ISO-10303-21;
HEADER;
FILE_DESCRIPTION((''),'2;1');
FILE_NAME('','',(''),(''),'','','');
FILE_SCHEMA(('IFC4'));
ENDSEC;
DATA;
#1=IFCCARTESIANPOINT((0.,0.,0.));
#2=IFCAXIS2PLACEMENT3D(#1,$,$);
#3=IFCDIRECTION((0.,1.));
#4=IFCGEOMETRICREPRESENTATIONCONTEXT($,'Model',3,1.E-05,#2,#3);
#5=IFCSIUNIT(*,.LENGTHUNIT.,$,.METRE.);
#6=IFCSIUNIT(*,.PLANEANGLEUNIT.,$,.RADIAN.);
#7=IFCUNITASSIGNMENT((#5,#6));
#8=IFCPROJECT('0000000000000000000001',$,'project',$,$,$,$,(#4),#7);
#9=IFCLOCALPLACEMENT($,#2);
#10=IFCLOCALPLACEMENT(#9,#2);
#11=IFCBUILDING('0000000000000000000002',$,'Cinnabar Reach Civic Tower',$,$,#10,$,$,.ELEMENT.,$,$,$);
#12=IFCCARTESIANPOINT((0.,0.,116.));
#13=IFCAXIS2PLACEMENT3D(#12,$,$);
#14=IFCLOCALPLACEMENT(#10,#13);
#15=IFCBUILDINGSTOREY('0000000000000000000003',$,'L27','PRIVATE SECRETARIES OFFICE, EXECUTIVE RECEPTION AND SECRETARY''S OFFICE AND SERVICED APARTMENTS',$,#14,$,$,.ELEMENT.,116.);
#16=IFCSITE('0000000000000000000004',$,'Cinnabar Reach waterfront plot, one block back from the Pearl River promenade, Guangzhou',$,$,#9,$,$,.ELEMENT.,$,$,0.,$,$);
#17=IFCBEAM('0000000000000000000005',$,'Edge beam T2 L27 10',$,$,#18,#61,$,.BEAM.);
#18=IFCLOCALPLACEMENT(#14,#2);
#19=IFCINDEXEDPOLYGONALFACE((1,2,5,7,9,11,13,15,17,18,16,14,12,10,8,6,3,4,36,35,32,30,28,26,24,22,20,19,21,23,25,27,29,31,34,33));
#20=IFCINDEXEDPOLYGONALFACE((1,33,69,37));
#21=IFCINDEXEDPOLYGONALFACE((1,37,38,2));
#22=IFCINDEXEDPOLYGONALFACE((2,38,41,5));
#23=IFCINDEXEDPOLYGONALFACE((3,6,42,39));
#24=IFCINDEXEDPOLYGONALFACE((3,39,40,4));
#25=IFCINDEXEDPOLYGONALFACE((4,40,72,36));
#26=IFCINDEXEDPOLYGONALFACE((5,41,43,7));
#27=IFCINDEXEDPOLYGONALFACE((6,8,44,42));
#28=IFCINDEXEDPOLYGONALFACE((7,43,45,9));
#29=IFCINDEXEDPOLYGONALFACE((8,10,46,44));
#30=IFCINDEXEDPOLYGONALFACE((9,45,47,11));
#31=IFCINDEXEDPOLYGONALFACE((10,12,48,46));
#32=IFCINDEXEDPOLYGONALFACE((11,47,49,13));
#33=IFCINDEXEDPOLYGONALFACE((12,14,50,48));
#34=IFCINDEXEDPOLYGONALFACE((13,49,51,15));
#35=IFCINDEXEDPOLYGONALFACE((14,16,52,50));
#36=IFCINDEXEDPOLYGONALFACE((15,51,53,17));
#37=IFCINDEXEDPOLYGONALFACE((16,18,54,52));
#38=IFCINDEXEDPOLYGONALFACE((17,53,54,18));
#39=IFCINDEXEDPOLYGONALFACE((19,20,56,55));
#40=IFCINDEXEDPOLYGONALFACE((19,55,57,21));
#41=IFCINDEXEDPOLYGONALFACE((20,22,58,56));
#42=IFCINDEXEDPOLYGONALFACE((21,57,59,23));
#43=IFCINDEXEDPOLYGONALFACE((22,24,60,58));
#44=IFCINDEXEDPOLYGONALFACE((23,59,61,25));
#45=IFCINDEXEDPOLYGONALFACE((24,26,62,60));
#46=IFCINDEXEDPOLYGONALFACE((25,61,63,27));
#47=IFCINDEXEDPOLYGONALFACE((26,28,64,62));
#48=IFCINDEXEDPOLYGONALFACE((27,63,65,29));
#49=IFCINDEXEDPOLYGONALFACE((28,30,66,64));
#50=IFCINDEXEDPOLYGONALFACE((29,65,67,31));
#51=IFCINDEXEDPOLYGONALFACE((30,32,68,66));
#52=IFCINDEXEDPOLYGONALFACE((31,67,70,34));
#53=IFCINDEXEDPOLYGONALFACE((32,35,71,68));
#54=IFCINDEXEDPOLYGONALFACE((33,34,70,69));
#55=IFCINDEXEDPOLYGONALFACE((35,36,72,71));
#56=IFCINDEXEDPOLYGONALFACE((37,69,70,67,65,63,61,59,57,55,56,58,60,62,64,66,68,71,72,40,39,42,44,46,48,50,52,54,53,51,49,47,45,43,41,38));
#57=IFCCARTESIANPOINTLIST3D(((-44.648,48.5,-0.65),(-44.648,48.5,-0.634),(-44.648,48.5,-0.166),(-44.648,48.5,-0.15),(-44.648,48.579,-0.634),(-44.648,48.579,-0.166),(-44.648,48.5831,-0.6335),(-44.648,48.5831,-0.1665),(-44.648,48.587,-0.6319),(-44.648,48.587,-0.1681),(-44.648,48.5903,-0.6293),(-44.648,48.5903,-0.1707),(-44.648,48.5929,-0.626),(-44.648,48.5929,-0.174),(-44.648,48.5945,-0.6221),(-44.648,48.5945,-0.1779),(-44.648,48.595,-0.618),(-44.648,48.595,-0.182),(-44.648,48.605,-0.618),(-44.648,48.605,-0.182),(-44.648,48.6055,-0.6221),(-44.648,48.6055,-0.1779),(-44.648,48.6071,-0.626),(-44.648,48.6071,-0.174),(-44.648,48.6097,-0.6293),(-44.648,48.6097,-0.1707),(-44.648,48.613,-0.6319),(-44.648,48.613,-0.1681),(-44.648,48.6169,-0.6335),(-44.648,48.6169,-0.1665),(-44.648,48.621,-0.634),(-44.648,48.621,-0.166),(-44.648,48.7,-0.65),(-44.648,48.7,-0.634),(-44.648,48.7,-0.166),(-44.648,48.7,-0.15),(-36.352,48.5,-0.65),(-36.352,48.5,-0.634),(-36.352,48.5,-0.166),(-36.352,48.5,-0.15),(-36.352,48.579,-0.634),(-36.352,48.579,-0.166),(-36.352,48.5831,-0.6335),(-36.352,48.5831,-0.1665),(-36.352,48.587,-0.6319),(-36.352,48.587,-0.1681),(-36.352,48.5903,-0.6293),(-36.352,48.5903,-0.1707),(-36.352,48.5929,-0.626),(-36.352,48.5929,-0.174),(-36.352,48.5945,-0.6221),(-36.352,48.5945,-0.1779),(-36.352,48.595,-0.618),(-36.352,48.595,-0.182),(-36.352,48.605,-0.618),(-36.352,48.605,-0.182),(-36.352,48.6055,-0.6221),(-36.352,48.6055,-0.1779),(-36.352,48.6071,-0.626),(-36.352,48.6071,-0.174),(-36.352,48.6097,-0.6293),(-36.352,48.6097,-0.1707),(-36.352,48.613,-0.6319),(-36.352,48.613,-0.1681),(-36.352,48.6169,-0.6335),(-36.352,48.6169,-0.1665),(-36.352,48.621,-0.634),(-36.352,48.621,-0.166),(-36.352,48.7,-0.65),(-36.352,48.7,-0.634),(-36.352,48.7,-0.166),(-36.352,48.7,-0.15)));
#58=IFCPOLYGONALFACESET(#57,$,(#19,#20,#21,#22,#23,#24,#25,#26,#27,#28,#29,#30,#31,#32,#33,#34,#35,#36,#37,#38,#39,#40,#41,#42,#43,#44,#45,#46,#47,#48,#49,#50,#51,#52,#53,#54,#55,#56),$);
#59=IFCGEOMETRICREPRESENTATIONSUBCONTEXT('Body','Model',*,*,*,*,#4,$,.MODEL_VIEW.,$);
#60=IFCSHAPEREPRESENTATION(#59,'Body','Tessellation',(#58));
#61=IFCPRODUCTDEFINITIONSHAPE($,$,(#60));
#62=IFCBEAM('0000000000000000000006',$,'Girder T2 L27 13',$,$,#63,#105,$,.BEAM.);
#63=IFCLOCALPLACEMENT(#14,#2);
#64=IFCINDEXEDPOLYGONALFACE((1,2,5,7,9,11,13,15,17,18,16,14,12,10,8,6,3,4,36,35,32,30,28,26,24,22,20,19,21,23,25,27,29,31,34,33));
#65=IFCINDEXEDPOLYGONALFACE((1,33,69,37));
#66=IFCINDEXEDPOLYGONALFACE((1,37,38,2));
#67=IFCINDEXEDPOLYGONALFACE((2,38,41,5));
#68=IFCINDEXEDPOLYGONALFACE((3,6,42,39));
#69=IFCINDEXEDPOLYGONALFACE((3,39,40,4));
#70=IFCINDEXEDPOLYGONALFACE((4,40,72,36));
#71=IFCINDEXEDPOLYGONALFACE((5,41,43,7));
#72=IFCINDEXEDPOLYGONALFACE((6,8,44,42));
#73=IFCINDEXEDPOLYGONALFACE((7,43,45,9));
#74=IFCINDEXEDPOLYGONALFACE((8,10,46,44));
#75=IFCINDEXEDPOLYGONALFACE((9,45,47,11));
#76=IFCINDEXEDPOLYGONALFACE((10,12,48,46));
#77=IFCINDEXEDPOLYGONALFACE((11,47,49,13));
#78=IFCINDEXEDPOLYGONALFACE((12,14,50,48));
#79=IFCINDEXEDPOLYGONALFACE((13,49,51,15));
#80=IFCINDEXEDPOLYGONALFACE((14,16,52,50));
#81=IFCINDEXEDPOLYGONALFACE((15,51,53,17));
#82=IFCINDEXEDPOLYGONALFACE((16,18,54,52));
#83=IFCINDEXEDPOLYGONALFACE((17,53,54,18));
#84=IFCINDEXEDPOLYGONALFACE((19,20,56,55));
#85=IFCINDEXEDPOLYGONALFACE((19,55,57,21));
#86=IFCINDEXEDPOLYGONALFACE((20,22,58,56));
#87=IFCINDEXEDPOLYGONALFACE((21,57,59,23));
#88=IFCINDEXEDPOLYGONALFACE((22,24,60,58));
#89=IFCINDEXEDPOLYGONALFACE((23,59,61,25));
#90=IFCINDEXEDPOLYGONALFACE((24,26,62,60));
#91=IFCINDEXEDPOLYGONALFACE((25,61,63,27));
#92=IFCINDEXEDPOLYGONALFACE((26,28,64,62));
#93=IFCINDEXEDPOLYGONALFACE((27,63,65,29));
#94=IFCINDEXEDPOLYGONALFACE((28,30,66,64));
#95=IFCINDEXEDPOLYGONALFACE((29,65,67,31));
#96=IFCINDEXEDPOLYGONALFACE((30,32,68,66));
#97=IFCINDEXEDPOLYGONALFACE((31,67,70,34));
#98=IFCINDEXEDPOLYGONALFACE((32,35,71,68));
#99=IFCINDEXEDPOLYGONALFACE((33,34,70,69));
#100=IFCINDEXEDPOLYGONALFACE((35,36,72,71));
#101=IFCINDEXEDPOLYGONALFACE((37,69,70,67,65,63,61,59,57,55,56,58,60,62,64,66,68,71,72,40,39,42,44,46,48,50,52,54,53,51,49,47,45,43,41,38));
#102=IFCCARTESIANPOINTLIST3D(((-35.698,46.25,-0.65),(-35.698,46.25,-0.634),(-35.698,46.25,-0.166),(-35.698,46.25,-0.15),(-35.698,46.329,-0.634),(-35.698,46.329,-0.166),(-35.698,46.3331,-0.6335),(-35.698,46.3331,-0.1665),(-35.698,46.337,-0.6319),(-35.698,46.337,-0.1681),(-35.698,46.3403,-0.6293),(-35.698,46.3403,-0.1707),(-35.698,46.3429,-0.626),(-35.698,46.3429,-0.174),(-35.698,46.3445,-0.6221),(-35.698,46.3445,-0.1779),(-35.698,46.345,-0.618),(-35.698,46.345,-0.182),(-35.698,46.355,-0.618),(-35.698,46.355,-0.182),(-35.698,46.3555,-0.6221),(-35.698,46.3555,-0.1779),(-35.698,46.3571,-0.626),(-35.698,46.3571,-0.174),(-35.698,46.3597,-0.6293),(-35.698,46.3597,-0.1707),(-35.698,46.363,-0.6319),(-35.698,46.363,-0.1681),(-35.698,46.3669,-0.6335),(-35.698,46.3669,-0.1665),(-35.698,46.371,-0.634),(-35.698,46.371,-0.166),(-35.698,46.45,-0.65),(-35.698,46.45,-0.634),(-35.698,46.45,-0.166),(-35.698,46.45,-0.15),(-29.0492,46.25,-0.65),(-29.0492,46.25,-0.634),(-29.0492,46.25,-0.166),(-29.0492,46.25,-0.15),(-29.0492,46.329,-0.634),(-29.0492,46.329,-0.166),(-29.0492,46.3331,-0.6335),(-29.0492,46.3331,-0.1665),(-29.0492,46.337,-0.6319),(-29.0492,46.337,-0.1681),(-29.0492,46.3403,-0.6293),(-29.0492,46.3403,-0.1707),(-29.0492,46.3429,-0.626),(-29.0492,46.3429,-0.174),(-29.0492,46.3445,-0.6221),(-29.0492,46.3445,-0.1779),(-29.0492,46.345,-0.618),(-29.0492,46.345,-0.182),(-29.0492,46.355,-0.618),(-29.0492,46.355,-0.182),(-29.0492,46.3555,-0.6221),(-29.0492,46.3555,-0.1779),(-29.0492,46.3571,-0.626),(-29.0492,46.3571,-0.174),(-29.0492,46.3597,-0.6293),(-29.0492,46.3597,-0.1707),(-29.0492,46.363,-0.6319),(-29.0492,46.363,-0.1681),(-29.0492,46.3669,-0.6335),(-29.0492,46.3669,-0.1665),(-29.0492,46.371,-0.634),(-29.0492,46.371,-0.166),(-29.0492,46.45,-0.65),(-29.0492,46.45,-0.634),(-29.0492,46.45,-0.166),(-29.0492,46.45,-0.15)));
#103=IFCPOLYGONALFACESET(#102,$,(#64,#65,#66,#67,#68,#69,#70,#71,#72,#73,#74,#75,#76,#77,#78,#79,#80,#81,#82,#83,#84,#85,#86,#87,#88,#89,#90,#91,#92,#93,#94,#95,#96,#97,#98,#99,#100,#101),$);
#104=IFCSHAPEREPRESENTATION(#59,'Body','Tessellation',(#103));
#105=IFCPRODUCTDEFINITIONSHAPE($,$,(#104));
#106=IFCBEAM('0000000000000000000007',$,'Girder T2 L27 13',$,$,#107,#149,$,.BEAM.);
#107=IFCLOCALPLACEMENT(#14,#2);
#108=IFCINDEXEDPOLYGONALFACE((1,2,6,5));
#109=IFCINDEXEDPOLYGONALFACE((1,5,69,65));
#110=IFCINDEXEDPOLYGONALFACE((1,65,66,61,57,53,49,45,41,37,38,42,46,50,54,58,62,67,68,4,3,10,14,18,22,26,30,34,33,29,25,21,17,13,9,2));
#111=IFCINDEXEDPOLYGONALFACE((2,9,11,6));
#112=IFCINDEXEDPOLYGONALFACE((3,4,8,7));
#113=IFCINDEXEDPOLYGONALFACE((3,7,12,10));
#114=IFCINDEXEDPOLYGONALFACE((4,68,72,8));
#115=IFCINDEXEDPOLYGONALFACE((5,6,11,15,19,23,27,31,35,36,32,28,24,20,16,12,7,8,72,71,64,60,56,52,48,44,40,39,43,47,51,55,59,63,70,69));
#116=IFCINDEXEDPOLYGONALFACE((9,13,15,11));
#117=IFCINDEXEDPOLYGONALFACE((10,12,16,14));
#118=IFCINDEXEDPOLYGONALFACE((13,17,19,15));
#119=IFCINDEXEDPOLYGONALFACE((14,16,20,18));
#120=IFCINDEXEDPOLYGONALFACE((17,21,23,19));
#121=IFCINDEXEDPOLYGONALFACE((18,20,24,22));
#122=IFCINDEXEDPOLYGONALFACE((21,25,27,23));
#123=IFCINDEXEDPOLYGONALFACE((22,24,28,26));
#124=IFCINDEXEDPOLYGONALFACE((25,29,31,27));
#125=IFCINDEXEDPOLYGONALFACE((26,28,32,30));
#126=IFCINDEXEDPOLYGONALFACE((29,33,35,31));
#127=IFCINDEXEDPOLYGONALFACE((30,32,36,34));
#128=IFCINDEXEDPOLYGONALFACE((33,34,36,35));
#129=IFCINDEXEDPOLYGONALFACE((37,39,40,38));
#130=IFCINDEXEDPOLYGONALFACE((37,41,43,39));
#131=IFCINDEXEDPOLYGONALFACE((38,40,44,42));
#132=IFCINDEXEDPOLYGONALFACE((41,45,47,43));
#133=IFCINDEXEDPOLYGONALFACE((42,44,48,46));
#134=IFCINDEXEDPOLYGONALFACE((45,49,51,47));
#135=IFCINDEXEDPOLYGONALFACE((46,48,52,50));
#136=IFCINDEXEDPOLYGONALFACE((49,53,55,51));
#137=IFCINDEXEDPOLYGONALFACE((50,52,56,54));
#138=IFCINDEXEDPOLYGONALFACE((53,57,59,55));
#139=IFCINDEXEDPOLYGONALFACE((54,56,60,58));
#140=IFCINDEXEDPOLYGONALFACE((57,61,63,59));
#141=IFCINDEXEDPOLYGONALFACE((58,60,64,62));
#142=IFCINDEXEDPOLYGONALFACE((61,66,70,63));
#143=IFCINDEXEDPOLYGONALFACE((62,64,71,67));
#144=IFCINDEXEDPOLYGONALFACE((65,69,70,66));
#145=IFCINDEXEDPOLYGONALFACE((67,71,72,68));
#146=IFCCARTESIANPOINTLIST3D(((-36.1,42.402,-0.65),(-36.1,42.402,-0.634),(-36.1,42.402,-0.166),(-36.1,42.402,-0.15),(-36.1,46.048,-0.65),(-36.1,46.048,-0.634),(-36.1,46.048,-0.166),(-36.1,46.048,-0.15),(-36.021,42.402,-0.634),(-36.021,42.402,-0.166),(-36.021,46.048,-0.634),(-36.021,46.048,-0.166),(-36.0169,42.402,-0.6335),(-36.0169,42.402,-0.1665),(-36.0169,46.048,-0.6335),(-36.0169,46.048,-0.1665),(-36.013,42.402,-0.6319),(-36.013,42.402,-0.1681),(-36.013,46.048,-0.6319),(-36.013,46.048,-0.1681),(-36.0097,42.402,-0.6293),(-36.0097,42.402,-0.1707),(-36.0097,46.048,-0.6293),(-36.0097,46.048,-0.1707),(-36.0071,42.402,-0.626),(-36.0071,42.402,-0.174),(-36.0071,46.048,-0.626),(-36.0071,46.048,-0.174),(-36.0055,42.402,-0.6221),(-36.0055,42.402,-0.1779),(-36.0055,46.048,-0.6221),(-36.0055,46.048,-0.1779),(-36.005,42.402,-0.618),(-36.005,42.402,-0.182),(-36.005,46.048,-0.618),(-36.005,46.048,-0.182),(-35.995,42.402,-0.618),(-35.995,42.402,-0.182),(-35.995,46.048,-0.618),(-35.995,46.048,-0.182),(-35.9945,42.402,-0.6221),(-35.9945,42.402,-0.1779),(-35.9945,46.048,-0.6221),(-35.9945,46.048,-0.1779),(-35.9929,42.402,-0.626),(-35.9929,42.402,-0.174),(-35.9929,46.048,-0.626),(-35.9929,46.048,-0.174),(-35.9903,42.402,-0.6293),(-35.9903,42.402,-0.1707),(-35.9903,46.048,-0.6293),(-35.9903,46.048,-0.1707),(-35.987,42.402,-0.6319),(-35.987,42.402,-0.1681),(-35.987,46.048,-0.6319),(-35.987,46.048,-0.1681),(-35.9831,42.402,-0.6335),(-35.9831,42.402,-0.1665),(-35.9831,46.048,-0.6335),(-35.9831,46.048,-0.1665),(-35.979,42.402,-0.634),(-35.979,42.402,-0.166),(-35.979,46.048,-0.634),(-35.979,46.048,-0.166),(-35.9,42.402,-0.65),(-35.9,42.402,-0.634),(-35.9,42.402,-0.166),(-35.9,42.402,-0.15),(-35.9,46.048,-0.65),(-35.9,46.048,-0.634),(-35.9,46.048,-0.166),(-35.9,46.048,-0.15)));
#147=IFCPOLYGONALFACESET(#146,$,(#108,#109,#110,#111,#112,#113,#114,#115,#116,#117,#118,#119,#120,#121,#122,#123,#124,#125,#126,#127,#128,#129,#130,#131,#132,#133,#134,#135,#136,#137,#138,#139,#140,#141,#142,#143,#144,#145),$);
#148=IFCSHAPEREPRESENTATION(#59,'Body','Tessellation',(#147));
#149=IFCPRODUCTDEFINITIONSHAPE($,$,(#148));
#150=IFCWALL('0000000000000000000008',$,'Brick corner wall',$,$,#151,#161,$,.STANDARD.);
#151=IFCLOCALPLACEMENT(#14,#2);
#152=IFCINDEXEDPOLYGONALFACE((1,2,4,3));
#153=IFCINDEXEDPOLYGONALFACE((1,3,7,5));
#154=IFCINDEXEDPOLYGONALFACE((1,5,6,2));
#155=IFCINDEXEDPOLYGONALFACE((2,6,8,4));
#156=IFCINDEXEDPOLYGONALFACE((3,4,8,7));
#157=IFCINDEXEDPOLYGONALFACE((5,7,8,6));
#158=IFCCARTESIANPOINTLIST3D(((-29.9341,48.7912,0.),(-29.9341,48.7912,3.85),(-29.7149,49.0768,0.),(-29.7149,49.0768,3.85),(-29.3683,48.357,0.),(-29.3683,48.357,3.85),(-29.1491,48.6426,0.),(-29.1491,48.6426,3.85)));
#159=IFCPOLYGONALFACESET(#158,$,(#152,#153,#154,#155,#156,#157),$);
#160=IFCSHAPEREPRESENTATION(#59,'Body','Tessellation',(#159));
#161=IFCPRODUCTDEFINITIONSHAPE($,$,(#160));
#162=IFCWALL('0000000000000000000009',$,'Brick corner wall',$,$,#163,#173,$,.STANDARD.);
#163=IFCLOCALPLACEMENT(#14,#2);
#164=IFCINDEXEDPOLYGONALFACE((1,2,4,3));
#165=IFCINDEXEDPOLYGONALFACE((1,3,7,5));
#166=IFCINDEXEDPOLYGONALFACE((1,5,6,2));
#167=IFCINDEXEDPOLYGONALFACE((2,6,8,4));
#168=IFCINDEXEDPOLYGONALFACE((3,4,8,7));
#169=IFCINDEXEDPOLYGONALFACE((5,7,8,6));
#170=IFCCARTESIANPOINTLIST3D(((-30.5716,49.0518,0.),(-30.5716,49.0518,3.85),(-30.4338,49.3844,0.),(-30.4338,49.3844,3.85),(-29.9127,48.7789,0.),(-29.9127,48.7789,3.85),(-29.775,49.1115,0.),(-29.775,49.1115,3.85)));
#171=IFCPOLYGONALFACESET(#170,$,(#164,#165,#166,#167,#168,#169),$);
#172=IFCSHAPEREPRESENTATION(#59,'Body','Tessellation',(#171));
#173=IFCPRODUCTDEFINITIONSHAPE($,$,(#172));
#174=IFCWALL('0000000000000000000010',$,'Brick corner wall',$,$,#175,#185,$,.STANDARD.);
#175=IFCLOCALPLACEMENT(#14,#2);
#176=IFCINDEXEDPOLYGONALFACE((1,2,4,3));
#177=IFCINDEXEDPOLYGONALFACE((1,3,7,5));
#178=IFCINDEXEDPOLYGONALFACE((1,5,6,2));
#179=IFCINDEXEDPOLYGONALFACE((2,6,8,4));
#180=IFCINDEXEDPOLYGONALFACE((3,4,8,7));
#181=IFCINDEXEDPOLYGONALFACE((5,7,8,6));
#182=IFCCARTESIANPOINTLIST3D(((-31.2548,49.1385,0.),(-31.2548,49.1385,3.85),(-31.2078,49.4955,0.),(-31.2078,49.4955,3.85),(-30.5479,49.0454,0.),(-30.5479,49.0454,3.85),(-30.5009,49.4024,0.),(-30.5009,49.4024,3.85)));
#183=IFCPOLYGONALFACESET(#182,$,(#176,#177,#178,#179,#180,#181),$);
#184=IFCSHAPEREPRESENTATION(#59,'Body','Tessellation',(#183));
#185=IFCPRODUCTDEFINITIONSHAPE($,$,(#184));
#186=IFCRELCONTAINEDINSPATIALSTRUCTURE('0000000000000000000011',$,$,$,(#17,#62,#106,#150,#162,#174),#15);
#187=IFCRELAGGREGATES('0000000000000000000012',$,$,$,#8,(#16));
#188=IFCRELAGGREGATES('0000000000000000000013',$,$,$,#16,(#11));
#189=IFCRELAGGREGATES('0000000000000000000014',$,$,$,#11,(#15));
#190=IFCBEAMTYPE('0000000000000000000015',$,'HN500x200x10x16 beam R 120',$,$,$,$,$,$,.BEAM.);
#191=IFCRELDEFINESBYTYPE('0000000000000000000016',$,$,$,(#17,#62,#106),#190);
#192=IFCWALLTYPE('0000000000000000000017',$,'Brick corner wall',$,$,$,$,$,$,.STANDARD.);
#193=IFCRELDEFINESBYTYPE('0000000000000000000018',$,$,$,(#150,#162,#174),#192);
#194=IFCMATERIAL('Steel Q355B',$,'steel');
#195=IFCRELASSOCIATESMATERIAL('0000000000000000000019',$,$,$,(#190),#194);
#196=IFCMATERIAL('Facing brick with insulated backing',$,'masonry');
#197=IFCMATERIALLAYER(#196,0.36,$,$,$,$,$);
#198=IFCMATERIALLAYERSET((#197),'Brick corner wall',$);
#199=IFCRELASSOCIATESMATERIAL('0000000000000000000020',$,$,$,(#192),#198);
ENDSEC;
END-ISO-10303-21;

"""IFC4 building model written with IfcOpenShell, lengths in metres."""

from ifc_helpers import new_model, si_unit, direction, frame, frame_2d, origin, origin_2d, place, context, subcontext, project, spatial, rectangle, i_section, extrude, material, layer, layer_set, material_profile, profile_set, type_object, element, save


model = new_model("IFC4")

# Units and contexts
model_context = context("Model", 3, precision=1e-05, world=origin(), true_north=direction((0.0, 1.0)))
body_context = subcontext(model_context, "Body", "Model", "MODEL_VIEW")
ifc_project = project(units=[si_unit("LENGTHUNIT", "METRE"), si_unit("PLANEANGLEUNIT", "RADIAN")], contexts=[model_context])

# Site, building, storey
site_placement = place(None, origin())
site = spatial("IfcSite", under=ifc_project, at=site_placement, Name="Cinnabar Reach waterfront plot, one block back from the Pearl River promenade, Guangzhou", CompositionType="ELEMENT", RefElevation=0.0)
building_placement = place(site_placement, origin())
building = spatial("IfcBuilding", under=site, at=building_placement, Name="Cinnabar Reach Civic Tower", CompositionType="ELEMENT")
storey_placement = place(building_placement, frame((0.0, 0.0, 116.0)))
storey = spatial("IfcBuildingStorey", under=building, at=storey_placement, Name="L27", Description="PRIVATE SECRETARIES OFFICE, EXECUTIVE RECEPTION AND SECRETARY'S OFFICE AND SERVICED APARTMENTS", CompositionType="ELEMENT", Elevation=116.0)

# Beams
ifc_material_1 = material(Name="Steel Q355B", Category="steel")
ifc_material_profile_1 = material_profile(ifc_material_1, i_section(OverallWidth=0.2, OverallDepth=0.5, WebThickness=0.01, FlangeThickness=0.016, FilletRadius=0.016, at=origin_2d()), Name="HN500x200x10x16")
ifc_profile_set_1 = profile_set([ifc_material_profile_1], Name="Steel Q355B")
beam_type_1 = type_object("IfcBeamType", Name="HN500x200x10x16 beam R 120", PredefinedType="BEAM", material=ifc_profile_set_1)
beam_1_placement = place(storey_placement, frame((-36.352, 48.6, -0.4), z_axis=(-1.0, 0.0, 0.0), x_axis=(0.0, -1.0, 0.0)))
element("IfcBeam", 1, at=beam_1_placement, inside=storey, type_object=beam_type_1, Name="Edge beam T2 L27 10", PredefinedType="BEAM", context=body_context, shape_type="SweptSolid", body=[
    extrude(i_section(OverallWidth=0.2, OverallDepth=0.5, WebThickness=0.01, FlangeThickness=0.016, FilletRadius=0.016, at=origin_2d()), origin(), (0.0, 0.0, 1.0), 8.296),
])
beam_2_placement = place(storey_placement, frame((-35.698, 46.35, -0.4), z_axis=(1.0, 0.0, 0.0), x_axis=(0.0, 1.0, 0.0)))
element("IfcBeam", 2, at=beam_2_placement, inside=storey, type_object=beam_type_1, Name="Girder T2 L27 13", PredefinedType="BEAM", context=body_context, shape_type="SweptSolid", body=[
    extrude(i_section(OverallWidth=0.2, OverallDepth=0.5, WebThickness=0.01, FlangeThickness=0.016, FilletRadius=0.016, at=origin_2d()), origin(), (0.0, 0.0, 1.0), 6.6488),
])
beam_3_placement = place(storey_placement, frame((-36.0, 42.402, -0.4), z_axis=(0.0, 1.0, 0.0), x_axis=(-1.0, 0.0, 0.0)))
element("IfcBeam", 3, at=beam_3_placement, inside=storey, type_object=beam_type_1, Name="Girder T2 L27 13", PredefinedType="BEAM", context=body_context, shape_type="SweptSolid", body=[
    extrude(i_section(OverallWidth=0.2, OverallDepth=0.5, WebThickness=0.01, FlangeThickness=0.016, FilletRadius=0.016, at=origin_2d()), origin(), (0.0, 0.0, 1.0), 3.646),
])

# Walls
ifc_material_2 = material(Name="Facing brick with insulated backing", Category="masonry")
ifc_layer_1 = layer(ifc_material_2, 0.36)
ifc_layer_set_1 = layer_set([ifc_layer_1], Name="Brick corner wall")
wall_type_1 = type_object("IfcWallType", Name="Brick corner wall", PredefinedType="STANDARD", material=ifc_layer_set_1)
wall_1_placement = place(storey_placement, frame((-29.2587, 48.4998, 0.0), z_axis=(0.0, 0.0, 1.0), x_axis=(-0.793322, 0.608802, 0.0)))
element("IfcWall", 4, at=wall_1_placement, inside=storey, type_object=wall_type_1, Name="Brick corner wall", PredefinedType="STANDARD", context=body_context, shape_type="SweptSolid", body=[
    extrude(rectangle(XDim=0.7132, YDim=0.36, at=frame_2d((0.3566, 0.0))), origin(), (0.0, 0.0, 1.0), 3.85),
])
for number, where, z_axis, x_axis, name in (
    (5, (-29.8439, 48.9452, 0.0), (0.0, 0.0, 1.0), (-0.923872, 0.382703, 0.0), "Brick corner wall"),
    (6, (-30.5244, 49.2239, 0.0), (0.0, 0.0, 1.0), (-0.991441, 0.130556, 0.0), "Brick corner wall"),
):
    element("IfcWall", number, at=place(storey_placement, frame(where, z_axis=z_axis, x_axis=x_axis)), inside=storey, type_object=wall_type_1, Name=name, PredefinedType="STANDARD", context=body_context, shape_type="SweptSolid", body=[
        extrude(rectangle(XDim=0.7131, YDim=0.36, at=frame_2d((0.3565, 0.0))), origin(), (0.0, 0.0, 1.0), 3.85),
    ])

save(model, "model.ifc")
